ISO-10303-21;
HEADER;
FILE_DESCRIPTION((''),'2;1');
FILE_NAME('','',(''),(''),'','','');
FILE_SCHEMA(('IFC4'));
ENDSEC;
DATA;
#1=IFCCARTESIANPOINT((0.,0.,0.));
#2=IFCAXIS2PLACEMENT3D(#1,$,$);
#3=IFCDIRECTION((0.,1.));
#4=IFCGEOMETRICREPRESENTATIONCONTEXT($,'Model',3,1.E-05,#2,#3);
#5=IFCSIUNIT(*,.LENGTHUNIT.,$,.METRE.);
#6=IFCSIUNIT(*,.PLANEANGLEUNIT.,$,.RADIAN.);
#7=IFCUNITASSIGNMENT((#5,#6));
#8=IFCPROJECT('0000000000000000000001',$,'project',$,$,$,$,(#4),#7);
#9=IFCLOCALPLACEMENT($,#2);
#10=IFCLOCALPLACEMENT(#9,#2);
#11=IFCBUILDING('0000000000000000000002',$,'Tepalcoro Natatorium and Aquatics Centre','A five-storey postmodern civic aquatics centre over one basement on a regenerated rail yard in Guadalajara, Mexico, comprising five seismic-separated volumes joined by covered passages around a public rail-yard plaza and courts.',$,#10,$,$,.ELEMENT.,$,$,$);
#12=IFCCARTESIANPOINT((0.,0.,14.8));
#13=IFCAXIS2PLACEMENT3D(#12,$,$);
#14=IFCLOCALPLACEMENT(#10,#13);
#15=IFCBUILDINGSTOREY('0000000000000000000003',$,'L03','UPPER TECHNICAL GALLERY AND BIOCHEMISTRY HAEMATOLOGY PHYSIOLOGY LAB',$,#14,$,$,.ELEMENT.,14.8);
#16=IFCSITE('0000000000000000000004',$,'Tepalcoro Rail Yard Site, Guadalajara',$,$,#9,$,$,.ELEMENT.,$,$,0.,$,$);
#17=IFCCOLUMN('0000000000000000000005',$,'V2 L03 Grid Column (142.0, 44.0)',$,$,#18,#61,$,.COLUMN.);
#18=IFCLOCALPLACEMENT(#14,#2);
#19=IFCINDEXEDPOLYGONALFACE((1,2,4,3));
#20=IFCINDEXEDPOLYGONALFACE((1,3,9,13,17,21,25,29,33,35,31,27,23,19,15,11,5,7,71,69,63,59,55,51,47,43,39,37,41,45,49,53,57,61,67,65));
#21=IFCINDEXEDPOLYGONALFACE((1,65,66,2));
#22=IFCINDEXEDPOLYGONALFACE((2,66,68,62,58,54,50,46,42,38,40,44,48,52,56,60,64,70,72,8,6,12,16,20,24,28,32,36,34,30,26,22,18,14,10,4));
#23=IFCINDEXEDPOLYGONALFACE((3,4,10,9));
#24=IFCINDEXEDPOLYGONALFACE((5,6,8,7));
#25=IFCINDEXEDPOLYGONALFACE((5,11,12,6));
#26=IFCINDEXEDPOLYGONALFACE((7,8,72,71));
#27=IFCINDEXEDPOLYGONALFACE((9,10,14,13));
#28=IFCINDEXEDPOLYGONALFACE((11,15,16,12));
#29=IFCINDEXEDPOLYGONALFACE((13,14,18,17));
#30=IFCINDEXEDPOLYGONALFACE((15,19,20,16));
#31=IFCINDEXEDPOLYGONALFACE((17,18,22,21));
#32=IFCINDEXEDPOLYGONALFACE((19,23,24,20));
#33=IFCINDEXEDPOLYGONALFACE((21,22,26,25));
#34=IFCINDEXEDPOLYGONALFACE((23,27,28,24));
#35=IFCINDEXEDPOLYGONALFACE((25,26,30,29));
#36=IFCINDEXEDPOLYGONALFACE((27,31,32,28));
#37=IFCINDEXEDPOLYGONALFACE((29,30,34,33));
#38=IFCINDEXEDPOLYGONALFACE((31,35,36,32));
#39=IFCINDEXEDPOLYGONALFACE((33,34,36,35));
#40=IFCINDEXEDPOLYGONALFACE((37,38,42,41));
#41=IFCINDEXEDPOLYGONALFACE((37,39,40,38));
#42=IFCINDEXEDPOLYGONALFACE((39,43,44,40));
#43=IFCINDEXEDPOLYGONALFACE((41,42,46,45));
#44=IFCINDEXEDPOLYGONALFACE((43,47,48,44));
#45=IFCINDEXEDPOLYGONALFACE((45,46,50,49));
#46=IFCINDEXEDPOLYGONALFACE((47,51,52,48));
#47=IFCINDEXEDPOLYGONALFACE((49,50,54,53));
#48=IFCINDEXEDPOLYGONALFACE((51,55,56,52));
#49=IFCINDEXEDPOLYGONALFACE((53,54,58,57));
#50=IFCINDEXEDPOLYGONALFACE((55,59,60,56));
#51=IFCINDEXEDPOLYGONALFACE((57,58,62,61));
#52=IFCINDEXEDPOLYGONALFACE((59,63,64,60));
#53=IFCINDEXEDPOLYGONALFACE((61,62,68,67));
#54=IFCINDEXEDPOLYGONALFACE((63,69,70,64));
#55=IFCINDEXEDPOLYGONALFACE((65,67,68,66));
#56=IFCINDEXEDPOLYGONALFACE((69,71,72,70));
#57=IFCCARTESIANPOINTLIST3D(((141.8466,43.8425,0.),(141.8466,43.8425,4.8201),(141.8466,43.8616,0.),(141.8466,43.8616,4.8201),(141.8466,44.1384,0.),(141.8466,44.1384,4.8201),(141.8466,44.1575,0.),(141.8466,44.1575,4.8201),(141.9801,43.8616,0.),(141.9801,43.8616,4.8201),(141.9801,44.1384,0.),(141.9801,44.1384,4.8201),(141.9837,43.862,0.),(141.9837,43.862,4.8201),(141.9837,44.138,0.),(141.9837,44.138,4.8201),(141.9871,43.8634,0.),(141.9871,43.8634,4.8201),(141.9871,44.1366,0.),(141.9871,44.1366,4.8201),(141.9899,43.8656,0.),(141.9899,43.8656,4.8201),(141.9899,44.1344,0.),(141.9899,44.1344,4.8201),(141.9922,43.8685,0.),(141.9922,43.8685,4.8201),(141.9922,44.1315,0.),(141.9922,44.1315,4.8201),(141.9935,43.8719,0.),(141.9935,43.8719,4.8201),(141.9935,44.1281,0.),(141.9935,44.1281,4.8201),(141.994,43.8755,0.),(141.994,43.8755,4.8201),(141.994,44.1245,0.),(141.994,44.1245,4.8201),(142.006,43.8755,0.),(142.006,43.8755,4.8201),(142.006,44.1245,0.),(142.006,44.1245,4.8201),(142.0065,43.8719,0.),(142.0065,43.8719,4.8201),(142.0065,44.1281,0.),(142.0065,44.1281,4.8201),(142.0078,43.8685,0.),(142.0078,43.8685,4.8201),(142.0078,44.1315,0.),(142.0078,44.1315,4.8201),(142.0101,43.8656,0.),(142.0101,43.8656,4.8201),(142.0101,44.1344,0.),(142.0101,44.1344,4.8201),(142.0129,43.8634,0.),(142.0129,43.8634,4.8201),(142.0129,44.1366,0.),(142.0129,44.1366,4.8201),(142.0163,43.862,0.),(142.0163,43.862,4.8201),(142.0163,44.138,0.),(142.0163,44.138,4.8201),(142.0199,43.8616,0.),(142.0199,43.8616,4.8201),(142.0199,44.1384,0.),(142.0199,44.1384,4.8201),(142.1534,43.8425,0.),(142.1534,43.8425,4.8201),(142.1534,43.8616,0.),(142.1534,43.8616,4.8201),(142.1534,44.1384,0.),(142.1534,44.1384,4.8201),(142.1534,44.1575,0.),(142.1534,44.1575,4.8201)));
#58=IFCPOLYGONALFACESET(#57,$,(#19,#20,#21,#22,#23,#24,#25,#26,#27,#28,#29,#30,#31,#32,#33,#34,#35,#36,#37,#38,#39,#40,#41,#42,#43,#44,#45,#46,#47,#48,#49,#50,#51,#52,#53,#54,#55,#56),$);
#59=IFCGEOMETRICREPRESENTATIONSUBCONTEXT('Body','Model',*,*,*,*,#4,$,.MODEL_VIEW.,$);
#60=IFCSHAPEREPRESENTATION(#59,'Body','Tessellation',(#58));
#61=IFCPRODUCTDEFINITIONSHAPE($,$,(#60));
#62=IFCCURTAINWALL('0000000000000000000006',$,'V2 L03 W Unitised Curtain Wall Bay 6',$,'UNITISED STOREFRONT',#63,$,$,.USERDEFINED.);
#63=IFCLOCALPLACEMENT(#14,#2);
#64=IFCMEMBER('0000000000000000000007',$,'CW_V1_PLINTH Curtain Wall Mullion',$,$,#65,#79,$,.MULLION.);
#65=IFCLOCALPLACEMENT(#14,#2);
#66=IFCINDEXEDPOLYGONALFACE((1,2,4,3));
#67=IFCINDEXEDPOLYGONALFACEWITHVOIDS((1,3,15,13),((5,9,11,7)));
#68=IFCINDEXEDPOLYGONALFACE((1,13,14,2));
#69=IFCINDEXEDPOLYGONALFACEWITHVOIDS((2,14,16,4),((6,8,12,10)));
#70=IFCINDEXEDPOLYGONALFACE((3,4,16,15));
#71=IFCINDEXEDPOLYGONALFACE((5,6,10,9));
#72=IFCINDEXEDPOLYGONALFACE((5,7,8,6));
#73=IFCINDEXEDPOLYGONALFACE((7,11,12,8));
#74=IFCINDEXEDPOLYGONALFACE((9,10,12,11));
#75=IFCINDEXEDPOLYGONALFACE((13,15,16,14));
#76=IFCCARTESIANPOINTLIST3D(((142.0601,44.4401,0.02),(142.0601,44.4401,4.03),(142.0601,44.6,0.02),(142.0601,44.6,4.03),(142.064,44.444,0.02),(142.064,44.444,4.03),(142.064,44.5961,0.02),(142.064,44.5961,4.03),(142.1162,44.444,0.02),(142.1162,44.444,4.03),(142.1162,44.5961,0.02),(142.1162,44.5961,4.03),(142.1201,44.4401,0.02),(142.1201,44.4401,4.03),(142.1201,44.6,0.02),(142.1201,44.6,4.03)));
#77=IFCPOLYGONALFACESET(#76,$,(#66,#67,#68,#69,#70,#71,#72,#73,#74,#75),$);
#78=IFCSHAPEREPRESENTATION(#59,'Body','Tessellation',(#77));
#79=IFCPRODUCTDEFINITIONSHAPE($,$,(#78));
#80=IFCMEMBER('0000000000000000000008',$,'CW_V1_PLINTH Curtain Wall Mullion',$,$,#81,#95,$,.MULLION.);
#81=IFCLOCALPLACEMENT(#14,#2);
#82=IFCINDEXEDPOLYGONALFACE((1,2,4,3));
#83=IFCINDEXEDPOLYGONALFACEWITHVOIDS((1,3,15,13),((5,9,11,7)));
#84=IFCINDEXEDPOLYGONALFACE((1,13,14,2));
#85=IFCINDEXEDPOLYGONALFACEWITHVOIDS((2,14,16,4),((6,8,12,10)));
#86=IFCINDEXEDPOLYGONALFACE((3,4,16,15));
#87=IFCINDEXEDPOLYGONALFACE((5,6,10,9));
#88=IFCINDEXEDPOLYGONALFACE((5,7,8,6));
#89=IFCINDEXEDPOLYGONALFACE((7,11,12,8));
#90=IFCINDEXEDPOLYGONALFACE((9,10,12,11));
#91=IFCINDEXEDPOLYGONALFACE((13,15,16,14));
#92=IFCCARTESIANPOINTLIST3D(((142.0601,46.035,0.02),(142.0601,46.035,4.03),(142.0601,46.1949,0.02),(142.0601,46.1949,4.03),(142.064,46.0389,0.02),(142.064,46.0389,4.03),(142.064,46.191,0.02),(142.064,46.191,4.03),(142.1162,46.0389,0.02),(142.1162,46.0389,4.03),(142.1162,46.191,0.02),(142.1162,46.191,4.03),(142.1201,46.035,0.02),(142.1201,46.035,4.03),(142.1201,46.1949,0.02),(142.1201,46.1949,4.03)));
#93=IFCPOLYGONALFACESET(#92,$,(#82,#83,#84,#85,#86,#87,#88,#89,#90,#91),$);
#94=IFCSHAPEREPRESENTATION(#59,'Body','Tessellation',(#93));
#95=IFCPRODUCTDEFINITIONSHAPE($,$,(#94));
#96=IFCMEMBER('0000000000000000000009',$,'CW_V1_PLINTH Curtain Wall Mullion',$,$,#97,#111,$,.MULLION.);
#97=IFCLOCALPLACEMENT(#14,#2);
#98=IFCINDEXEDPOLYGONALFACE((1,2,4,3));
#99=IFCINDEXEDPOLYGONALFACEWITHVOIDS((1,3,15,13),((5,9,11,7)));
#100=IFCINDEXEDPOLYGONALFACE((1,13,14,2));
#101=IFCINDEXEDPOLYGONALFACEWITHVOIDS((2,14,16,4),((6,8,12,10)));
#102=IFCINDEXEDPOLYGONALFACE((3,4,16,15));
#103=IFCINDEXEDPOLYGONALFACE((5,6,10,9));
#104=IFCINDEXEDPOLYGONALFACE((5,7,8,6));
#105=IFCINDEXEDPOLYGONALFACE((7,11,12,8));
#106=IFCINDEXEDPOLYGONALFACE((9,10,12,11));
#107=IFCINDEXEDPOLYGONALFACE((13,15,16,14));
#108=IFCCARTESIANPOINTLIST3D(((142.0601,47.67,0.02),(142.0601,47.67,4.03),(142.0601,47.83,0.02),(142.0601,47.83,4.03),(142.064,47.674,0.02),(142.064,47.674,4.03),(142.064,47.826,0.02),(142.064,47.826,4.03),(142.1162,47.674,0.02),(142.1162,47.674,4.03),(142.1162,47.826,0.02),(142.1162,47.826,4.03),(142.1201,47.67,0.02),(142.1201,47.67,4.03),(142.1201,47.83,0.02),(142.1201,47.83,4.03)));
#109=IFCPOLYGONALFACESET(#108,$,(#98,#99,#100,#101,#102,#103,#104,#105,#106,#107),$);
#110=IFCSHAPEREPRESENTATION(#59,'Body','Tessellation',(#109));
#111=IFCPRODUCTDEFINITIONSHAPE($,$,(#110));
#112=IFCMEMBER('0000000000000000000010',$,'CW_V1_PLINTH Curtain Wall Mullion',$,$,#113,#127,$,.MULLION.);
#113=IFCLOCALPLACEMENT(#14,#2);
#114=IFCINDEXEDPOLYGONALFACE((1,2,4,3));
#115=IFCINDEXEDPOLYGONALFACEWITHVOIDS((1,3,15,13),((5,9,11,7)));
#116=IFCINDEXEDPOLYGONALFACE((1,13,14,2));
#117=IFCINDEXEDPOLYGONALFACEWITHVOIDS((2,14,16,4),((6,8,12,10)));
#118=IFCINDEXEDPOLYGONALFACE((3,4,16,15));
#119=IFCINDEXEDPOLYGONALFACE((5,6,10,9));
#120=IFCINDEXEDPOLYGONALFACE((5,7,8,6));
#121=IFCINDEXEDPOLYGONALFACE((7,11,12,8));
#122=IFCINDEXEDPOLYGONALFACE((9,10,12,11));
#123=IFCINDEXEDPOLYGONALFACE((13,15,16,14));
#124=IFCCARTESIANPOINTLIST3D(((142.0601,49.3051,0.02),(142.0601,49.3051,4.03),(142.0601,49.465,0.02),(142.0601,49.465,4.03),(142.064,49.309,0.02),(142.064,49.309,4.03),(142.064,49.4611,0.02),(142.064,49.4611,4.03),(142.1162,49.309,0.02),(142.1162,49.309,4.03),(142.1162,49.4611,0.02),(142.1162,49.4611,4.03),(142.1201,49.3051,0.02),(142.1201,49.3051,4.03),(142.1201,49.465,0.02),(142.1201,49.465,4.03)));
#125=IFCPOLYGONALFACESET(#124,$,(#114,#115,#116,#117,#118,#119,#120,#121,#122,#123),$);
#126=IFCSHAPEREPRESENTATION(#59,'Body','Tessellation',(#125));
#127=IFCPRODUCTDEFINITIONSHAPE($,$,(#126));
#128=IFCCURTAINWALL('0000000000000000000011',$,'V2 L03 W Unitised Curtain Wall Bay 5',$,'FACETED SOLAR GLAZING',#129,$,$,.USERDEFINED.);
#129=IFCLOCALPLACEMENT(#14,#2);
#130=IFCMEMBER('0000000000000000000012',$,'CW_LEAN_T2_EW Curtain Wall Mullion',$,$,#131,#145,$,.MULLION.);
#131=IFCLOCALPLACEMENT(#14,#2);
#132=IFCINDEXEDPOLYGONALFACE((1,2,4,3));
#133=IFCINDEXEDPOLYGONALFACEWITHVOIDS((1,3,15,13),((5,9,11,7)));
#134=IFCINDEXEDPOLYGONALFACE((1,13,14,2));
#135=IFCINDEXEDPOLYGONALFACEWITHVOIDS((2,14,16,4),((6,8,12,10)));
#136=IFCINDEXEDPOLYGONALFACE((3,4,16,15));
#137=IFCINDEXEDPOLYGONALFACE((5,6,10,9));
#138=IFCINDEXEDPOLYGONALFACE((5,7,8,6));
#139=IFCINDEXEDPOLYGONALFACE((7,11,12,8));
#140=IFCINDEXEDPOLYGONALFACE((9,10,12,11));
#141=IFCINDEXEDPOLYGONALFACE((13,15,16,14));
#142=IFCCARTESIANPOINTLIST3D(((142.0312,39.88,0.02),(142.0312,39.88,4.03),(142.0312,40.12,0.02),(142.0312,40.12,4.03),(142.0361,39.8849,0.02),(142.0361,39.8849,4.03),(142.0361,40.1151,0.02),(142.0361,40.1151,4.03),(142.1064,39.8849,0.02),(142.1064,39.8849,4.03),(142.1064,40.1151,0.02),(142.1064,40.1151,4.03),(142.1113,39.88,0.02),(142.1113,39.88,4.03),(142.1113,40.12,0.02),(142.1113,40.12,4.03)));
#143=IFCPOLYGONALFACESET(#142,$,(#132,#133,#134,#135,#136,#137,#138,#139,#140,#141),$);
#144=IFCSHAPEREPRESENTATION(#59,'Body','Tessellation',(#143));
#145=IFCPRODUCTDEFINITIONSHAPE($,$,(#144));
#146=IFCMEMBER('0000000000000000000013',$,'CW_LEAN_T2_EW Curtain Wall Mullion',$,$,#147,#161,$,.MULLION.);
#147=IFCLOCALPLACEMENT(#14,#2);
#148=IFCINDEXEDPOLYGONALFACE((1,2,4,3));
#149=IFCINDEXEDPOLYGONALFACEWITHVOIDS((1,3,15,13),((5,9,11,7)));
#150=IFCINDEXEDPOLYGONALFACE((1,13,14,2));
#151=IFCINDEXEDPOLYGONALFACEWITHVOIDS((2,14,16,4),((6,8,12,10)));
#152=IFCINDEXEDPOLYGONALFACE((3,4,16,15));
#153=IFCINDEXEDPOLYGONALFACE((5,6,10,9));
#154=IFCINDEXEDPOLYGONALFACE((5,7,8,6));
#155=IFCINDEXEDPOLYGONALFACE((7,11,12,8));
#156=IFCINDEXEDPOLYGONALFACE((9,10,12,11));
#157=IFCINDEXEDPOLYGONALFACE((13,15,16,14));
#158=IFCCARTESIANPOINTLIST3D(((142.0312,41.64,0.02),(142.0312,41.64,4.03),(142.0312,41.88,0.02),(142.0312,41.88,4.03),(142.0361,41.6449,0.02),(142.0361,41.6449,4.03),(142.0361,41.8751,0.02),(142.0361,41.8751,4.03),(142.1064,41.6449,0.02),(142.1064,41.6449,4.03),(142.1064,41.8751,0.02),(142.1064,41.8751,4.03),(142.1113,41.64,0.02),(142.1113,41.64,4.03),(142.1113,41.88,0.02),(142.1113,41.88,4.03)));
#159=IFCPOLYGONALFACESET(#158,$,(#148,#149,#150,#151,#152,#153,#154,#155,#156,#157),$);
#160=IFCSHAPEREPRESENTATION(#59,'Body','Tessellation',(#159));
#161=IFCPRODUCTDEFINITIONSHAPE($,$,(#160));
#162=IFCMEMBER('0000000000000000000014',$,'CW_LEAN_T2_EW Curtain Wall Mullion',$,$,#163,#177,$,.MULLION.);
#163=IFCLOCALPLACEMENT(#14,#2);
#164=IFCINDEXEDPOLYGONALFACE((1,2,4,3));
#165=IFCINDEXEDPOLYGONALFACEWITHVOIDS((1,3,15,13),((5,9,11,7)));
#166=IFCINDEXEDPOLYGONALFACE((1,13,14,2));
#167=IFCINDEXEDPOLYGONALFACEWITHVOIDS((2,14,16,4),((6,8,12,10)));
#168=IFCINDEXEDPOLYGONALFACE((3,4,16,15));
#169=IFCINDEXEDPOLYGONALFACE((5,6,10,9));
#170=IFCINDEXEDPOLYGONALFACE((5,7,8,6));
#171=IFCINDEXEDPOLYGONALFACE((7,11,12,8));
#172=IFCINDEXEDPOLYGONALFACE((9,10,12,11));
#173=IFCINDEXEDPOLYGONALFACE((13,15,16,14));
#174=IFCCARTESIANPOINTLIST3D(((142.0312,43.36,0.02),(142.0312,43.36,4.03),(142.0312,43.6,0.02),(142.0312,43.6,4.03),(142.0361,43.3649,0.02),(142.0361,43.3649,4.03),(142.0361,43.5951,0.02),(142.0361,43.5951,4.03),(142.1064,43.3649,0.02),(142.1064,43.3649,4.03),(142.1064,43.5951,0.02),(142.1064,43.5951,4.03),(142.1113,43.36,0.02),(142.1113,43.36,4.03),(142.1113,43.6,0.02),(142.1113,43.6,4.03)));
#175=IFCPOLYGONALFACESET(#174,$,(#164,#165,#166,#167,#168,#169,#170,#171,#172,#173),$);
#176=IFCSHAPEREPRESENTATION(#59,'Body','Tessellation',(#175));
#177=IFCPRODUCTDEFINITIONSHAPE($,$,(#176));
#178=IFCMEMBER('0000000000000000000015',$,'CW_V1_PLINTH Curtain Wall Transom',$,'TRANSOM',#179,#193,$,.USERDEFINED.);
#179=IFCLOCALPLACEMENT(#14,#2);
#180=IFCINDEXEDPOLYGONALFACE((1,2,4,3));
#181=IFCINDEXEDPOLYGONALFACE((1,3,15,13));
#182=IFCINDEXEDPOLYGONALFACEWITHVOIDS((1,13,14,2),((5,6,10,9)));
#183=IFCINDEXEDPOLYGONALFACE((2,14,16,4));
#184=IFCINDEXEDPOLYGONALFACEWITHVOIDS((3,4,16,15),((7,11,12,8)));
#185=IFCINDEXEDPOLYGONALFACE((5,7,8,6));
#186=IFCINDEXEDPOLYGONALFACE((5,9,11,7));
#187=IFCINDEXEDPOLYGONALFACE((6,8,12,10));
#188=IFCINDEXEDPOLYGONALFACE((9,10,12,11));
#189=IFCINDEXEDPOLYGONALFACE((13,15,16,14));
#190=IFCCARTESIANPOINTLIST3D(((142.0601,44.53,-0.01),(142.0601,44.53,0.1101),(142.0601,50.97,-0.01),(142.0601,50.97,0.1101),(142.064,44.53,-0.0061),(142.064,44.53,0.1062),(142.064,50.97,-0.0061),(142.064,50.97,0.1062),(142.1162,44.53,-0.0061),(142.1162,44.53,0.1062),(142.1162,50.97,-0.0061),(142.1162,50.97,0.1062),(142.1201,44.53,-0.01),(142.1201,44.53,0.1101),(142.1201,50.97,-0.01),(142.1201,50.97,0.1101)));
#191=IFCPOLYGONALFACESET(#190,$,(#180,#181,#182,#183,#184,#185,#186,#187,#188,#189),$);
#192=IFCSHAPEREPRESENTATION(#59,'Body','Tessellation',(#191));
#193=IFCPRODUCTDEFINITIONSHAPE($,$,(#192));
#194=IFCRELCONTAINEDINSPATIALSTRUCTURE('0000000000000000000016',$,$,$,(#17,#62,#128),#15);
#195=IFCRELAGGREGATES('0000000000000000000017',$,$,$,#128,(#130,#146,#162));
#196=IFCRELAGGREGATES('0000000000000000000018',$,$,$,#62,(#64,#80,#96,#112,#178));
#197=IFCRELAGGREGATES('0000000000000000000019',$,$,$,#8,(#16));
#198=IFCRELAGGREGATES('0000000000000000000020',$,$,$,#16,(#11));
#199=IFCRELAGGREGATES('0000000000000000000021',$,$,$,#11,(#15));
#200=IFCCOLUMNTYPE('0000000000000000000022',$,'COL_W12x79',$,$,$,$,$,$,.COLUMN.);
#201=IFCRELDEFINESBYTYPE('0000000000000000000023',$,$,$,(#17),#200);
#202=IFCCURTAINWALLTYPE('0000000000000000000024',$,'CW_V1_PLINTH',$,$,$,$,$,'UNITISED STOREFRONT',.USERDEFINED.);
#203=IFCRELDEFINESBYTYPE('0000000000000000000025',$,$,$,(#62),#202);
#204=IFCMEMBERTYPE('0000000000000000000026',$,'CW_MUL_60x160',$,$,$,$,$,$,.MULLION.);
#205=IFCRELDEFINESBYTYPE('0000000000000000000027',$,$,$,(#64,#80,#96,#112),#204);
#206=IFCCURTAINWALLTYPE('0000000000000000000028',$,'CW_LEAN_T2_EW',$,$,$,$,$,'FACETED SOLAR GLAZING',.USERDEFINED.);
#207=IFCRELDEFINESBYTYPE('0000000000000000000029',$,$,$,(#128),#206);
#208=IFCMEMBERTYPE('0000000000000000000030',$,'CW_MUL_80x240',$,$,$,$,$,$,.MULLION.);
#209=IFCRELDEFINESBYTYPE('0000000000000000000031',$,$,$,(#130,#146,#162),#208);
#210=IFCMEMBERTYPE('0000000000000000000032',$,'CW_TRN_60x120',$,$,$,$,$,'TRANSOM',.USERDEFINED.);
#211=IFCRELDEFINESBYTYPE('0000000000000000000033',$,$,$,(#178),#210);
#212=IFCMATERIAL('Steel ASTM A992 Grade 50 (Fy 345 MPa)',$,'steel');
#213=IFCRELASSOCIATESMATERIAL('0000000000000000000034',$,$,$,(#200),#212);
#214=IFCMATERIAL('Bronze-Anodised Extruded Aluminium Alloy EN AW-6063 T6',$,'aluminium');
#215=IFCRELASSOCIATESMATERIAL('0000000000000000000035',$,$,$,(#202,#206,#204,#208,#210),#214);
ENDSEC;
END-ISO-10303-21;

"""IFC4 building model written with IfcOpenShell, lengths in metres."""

from ifc_helpers import new_model, si_unit, direction, frame, origin, origin_2d, place, context, subcontext, project, spatial, hollow_rectangle, i_section, extrude, material, material_profile, profile_set, type_object, element, aggregate, save


model = new_model("IFC4")

# Units and contexts
model_context = context("Model", 3, precision=1e-05, world=origin(), true_north=direction((0.0, 1.0)))
body_context = subcontext(model_context, "Body", "Model", "MODEL_VIEW")
ifc_project = project(units=[si_unit("LENGTHUNIT", "METRE"), si_unit("PLANEANGLEUNIT", "RADIAN")], contexts=[model_context])

# Site, building, storey
site_placement = place(None, origin())
site = spatial("IfcSite", under=ifc_project, at=site_placement, Name="Tepalcoro Rail Yard Site, Guadalajara", CompositionType="ELEMENT", RefElevation=0.0)
building_placement = place(site_placement, origin())
building = spatial("IfcBuilding", under=site, at=building_placement, Name="Tepalcoro Natatorium and Aquatics Centre", Description="A five-storey postmodern civic aquatics centre over one basement on a regenerated rail yard in Guadalajara, Mexico, comprising five seismic-separated volumes joined by covered passages around a public rail-yard plaza and courts.", CompositionType="ELEMENT")
storey_placement = place(building_placement, frame((0.0, 0.0, 14.8)))
storey = spatial("IfcBuildingStorey", under=building, at=storey_placement, Name="L03", Description="UPPER TECHNICAL GALLERY AND BIOCHEMISTRY HAEMATOLOGY PHYSIOLOGY LAB", CompositionType="ELEMENT", Elevation=14.8)

# Column
ifc_material_1 = material(Name="Steel ASTM A992 Grade 50 (Fy 345 MPa)", Category="steel")
ifc_material_profile_1 = material_profile(ifc_material_1, i_section(OverallWidth=0.3069, OverallDepth=0.3149, WebThickness=0.012, FlangeThickness=0.019, FilletRadius=0.0139, at=origin_2d()), Name="W12X79")
ifc_profile_set_1 = profile_set([ifc_material_profile_1], Name="Steel ASTM A992 Grade 50 (Fy 345 MPa)")
column_type = type_object("IfcColumnType", Name="COL_W12x79", PredefinedType="COLUMN", material=ifc_profile_set_1)
column_placement = place(storey_placement, frame((142.0, 44.0, 0.0), z_axis=(0.0, 0.0, 1.0), x_axis=(1.0, 0.0, 0.0)))
element("IfcColumn", 1, at=column_placement, inside=storey, type_object=column_type, Name="V2 L03 Grid Column (142.0, 44.0)", PredefinedType="COLUMN", context=body_context, shape_type="SweptSolid", body=[
    extrude(i_section(OverallWidth=0.3069, OverallDepth=0.3149, WebThickness=0.012, FlangeThickness=0.019, FilletRadius=0.0139, at=origin_2d()), origin(), (0.0, 0.0, 1.0), 4.8201),
])

# Curtain walls, members
ifc_material_2 = material(Name="Bronze-Anodised Extruded Aluminium Alloy EN AW-6063 T6", Category="aluminium")
curtain_wall_type_1 = type_object("IfcCurtainWallType", Name="CW_V1_PLINTH", ElementType="UNITISED STOREFRONT", PredefinedType="USERDEFINED", material=ifc_material_2)
curtain_wall_1_placement = place(storey_placement, origin())
curtain_wall_1 = element("IfcCurtainWall", 2, at=curtain_wall_1_placement, inside=storey, type_object=curtain_wall_type_1, Name="V2 L03 W Unitised Curtain Wall Bay 6", ObjectType="UNITISED STOREFRONT", PredefinedType="USERDEFINED")
ifc_material_profile_2 = material_profile(ifc_material_2, hollow_rectangle(XDim=0.0601, YDim=0.1599, WallThickness=0.0039, at=origin_2d()), Name="AL60X160X4")
ifc_profile_set_2 = profile_set([ifc_material_profile_2], Name="Bronze-Anodised Extruded Aluminium Alloy EN AW-6063 T6")
member_type_1 = type_object("IfcMemberType", Name="CW_MUL_60x160", PredefinedType="MULLION", material=ifc_profile_set_2)
member_1_placement = place(storey_placement, frame((142.0901, 44.52, 0.02), z_axis=(0.0, 0.0, 1.0), x_axis=(1.0, 0.0, 0.0)))
member_1 = element("IfcMember", 3, at=member_1_placement, type_object=member_type_1, Name="CW_V1_PLINTH Curtain Wall Mullion", PredefinedType="MULLION", context=body_context, shape_type="SweptSolid", body=[
    extrude(hollow_rectangle(XDim=0.0601, YDim=0.1599, WallThickness=0.0039, at=origin_2d()), origin(), (0.0, 0.0, 1.0), 4.01),
])
member_2_placement = place(storey_placement, frame((142.0901, 46.115, 0.02), z_axis=(0.0, 0.0, 1.0), x_axis=(1.0, 0.0, 0.0)))
member_2 = element("IfcMember", 4, at=member_2_placement, type_object=member_type_1, Name="CW_V1_PLINTH Curtain Wall Mullion", PredefinedType="MULLION", context=body_context, shape_type="SweptSolid", body=[
    extrude(hollow_rectangle(XDim=0.0601, YDim=0.1599, WallThickness=0.0039, at=origin_2d()), origin(), (0.0, 0.0, 1.0), 4.01),
])
member_3_placement = place(storey_placement, frame((142.0901, 47.75, 0.02), z_axis=(0.0, 0.0, 1.0), x_axis=(1.0, 0.0, 0.0)))
member_3 = element("IfcMember", 5, at=member_3_placement, type_object=member_type_1, Name="CW_V1_PLINTH Curtain Wall Mullion", PredefinedType="MULLION", context=body_context, shape_type="SweptSolid", body=[
    extrude(hollow_rectangle(XDim=0.0601, YDim=0.1599, WallThickness=0.0039, at=origin_2d()), origin(), (0.0, 0.0, 1.0), 4.01),
])
member_4_placement = place(storey_placement, frame((142.0901, 49.385, 0.02), z_axis=(0.0, 0.0, 1.0), x_axis=(1.0, 0.0, 0.0)))
member_4 = element("IfcMember", 6, at=member_4_placement, type_object=member_type_1, Name="CW_V1_PLINTH Curtain Wall Mullion", PredefinedType="MULLION", context=body_context, shape_type="SweptSolid", body=[
    extrude(hollow_rectangle(XDim=0.0601, YDim=0.1599, WallThickness=0.0039, at=origin_2d()), origin(), (0.0, 0.0, 1.0), 4.01),
])
curtain_wall_type_2 = type_object("IfcCurtainWallType", Name="CW_LEAN_T2_EW", ElementType="FACETED SOLAR GLAZING", PredefinedType="USERDEFINED", material=ifc_material_2)
curtain_wall_2_placement = place(storey_placement, origin())
curtain_wall_2 = element("IfcCurtainWall", 7, at=curtain_wall_2_placement, inside=storey, type_object=curtain_wall_type_2, Name="V2 L03 W Unitised Curtain Wall Bay 5", ObjectType="FACETED SOLAR GLAZING", PredefinedType="USERDEFINED")
ifc_material_profile_3 = material_profile(ifc_material_2, hollow_rectangle(XDim=0.0801, YDim=0.24, WallThickness=0.0049, at=origin_2d()), Name="AL80X240X5")
ifc_profile_set_3 = profile_set([ifc_material_profile_3], Name="Bronze-Anodised Extruded Aluminium Alloy EN AW-6063 T6")
member_type_2 = type_object("IfcMemberType", Name="CW_MUL_80x240", PredefinedType="MULLION", material=ifc_profile_set_3)
member_5_placement = place(storey_placement, frame((142.0713, 40.0, 0.02), z_axis=(0.0, 0.0, 1.0), x_axis=(1.0, 0.0, 0.0)))
member_5 = element("IfcMember", 8, at=member_5_placement, type_object=member_type_2, Name="CW_LEAN_T2_EW Curtain Wall Mullion", PredefinedType="MULLION", context=body_context, shape_type="SweptSolid", body=[
    extrude(hollow_rectangle(XDim=0.0801, YDim=0.24, WallThickness=0.0049, at=origin_2d()), origin(), (0.0, 0.0, 1.0), 4.01),
])
member_6_placement = place(storey_placement, frame((142.0713, 41.76, 0.02), z_axis=(0.0, 0.0, 1.0), x_axis=(1.0, 0.0, 0.0)))
member_6 = element("IfcMember", 9, at=member_6_placement, type_object=member_type_2, Name="CW_LEAN_T2_EW Curtain Wall Mullion", PredefinedType="MULLION", context=body_context, shape_type="SweptSolid", body=[
    extrude(hollow_rectangle(XDim=0.0801, YDim=0.24, WallThickness=0.0049, at=origin_2d()), origin(), (0.0, 0.0, 1.0), 4.01),
])
member_7_placement = place(storey_placement, frame((142.0713, 43.48, 0.02), z_axis=(0.0, 0.0, 1.0), x_axis=(1.0, 0.0, 0.0)))
member_7 = element("IfcMember", 10, at=member_7_placement, type_object=member_type_2, Name="CW_LEAN_T2_EW Curtain Wall Mullion", PredefinedType="MULLION", context=body_context, shape_type="SweptSolid", body=[
    extrude(hollow_rectangle(XDim=0.0801, YDim=0.24, WallThickness=0.0049, at=origin_2d()), origin(), (0.0, 0.0, 1.0), 4.01),
])

# Member
ifc_material_profile_4 = material_profile(ifc_material_2, hollow_rectangle(XDim=0.0601, YDim=0.1201, WallThickness=0.0039, at=origin_2d()), Name="AL60X120X4")
ifc_profile_set_4 = profile_set([ifc_material_profile_4], Name="Bronze-Anodised Extruded Aluminium Alloy EN AW-6063 T6")
member_type_3 = type_object("IfcMemberType", Name="CW_TRN_60x120", ElementType="TRANSOM", PredefinedType="USERDEFINED", material=ifc_profile_set_4)
member_8_placement = place(storey_placement, frame((142.0901, 44.53, 0.05), z_axis=(0.0, 1.0, 0.0), x_axis=(-1.0, 0.0, 0.0)))
member_8 = element("IfcMember", 11, at=member_8_placement, type_object=member_type_3, Name="CW_V1_PLINTH Curtain Wall Transom", ObjectType="TRANSOM", PredefinedType="USERDEFINED", context=body_context, shape_type="SweptSolid", body=[
    extrude(hollow_rectangle(XDim=0.0601, YDim=0.1201, WallThickness=0.0039, at=origin_2d()), origin(), (0.0, 0.0, 1.0), 6.4399),
])

aggregate(curtain_wall_2, [member_5, member_6, member_7])
aggregate(curtain_wall_1, [member_1, member_2, member_3, member_4, member_8])

save(model, "model.ifc")
